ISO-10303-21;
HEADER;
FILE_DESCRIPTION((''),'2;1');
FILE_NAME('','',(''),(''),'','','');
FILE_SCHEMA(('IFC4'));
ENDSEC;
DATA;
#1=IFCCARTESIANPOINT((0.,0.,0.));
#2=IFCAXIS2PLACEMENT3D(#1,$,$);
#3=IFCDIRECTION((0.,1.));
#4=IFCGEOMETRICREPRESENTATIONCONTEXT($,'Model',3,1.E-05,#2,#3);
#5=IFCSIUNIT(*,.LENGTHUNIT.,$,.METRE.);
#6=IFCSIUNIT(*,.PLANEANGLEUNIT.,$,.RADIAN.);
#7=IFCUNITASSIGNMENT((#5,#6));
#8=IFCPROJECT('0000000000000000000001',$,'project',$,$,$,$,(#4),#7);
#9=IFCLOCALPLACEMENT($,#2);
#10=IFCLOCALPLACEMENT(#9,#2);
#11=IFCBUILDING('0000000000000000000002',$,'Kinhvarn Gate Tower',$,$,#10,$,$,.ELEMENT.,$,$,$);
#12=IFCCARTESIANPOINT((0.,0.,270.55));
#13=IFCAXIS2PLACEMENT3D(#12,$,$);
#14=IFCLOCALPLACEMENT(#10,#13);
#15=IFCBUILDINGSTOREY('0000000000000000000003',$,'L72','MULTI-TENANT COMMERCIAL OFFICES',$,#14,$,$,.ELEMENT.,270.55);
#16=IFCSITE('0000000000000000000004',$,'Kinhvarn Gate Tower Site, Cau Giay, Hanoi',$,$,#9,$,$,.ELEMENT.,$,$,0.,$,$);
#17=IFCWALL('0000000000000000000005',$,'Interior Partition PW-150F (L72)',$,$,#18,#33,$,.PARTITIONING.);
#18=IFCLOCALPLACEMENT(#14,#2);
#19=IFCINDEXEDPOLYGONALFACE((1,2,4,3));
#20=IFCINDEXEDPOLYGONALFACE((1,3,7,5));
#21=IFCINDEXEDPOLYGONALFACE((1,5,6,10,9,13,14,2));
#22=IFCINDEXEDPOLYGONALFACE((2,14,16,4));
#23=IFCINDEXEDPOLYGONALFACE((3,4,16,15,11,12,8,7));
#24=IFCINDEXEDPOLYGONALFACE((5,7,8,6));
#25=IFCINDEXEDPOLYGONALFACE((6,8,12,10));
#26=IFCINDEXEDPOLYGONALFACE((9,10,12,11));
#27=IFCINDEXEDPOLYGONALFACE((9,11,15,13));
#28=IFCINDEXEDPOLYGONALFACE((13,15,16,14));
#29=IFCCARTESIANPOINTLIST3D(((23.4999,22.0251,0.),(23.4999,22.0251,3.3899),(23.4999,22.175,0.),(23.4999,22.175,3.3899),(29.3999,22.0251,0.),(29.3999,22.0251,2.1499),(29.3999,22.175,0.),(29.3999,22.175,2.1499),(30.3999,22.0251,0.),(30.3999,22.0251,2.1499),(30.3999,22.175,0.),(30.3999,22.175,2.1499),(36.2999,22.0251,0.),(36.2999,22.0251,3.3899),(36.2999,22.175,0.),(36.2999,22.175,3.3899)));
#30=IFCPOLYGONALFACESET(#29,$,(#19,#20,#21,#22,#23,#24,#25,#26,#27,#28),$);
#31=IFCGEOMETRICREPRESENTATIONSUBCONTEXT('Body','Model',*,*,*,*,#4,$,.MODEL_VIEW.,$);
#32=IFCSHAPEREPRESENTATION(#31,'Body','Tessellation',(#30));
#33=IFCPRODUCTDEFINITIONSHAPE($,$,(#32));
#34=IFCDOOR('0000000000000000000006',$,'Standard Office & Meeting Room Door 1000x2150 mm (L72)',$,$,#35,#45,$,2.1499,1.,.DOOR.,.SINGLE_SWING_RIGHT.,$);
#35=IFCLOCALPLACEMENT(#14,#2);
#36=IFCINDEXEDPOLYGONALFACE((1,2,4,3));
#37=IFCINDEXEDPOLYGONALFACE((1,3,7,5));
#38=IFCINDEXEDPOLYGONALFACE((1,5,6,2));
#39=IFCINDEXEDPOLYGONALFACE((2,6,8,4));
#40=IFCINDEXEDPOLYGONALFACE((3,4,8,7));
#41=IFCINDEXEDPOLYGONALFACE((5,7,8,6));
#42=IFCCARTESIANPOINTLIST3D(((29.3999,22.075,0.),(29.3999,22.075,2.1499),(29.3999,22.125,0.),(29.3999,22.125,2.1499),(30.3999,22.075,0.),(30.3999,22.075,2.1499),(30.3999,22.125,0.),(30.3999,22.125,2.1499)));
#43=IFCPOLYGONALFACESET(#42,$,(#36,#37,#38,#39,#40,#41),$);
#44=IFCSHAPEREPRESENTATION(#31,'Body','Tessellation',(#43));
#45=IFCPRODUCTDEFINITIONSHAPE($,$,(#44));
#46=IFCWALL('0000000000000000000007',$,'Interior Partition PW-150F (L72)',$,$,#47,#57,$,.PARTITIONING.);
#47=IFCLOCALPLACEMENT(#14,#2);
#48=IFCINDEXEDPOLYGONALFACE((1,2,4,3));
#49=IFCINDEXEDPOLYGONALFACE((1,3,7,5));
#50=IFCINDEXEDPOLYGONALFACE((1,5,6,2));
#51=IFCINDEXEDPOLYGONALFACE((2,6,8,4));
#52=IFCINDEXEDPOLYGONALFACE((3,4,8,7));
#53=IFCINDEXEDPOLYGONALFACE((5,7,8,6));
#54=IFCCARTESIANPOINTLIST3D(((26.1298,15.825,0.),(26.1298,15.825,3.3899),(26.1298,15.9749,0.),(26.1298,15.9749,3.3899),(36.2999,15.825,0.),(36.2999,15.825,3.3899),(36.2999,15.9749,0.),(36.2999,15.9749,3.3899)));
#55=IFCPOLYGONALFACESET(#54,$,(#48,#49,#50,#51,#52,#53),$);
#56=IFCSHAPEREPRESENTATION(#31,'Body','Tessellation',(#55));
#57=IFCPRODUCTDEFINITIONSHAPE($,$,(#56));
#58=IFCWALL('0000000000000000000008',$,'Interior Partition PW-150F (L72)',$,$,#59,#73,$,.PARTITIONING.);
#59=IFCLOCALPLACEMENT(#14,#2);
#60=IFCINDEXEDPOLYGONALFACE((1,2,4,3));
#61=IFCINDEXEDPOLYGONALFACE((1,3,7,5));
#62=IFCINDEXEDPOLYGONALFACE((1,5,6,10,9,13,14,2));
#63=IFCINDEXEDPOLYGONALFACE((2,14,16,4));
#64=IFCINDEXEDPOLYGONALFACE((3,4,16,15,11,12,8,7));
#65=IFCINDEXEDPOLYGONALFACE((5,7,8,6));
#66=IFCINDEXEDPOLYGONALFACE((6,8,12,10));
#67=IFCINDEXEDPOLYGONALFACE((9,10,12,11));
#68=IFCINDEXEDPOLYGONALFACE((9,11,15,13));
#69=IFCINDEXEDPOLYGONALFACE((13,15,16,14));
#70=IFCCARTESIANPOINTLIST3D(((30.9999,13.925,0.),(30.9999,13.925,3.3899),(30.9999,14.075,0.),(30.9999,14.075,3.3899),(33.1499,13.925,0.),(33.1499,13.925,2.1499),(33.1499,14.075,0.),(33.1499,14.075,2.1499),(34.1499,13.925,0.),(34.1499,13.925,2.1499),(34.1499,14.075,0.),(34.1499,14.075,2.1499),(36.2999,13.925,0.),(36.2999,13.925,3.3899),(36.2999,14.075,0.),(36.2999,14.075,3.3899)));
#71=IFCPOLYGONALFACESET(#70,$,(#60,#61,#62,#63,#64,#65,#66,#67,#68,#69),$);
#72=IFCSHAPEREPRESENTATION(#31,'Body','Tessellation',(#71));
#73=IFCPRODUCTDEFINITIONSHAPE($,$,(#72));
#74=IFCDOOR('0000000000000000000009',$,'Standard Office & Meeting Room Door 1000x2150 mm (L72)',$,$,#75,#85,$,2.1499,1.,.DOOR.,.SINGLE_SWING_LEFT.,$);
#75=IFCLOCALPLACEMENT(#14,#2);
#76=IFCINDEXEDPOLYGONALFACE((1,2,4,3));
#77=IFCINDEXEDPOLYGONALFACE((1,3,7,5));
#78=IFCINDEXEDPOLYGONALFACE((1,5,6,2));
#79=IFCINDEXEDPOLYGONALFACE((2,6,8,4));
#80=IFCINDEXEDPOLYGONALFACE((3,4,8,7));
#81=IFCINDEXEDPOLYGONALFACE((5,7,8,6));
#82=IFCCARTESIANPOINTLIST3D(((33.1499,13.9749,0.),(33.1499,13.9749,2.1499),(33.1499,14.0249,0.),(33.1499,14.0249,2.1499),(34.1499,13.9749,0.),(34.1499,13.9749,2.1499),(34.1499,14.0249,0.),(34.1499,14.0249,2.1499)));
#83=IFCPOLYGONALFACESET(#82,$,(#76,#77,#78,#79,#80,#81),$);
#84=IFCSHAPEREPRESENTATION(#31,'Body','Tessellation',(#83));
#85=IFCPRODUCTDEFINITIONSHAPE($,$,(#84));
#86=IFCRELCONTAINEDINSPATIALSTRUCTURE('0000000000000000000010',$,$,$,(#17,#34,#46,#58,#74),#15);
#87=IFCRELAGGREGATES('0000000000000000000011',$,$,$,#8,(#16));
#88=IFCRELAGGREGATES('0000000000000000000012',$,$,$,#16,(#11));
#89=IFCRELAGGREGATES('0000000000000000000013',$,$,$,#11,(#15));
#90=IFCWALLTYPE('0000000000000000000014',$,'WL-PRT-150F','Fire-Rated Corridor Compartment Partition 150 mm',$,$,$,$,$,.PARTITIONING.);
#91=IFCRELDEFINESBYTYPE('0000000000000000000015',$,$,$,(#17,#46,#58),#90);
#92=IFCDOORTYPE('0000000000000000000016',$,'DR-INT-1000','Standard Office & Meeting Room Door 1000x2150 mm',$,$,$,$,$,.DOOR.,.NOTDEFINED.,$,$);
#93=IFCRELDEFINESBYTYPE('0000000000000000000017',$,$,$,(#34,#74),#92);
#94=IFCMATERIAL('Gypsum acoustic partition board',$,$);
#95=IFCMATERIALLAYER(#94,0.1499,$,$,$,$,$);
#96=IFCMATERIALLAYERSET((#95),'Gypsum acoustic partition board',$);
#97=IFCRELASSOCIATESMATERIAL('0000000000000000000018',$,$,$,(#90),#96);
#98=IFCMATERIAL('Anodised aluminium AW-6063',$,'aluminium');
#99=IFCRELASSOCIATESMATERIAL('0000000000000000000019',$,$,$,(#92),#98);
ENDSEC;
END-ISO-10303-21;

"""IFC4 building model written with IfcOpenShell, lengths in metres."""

from ifc_helpers import new_model, si_unit, direction, frame, frame_2d, origin, place, context, subcontext, project, spatial, rectangle, extrude, material, layer, layer_set, type_object, element, fill, save


model = new_model("IFC4")

# Units and contexts
model_context = context("Model", 3, precision=1e-05, world=origin(), true_north=direction((0.0, 1.0)))
body_context = subcontext(model_context, "Body", "Model", "MODEL_VIEW")
ifc_project = project(units=[si_unit("LENGTHUNIT", "METRE"), si_unit("PLANEANGLEUNIT", "RADIAN")], contexts=[model_context])

# Site, building, storey
site_placement = place(None, origin())
site = spatial("IfcSite", under=ifc_project, at=site_placement, Name="Kinhvarn Gate Tower Site, Cau Giay, Hanoi", CompositionType="ELEMENT", RefElevation=0.0)
building_placement = place(site_placement, origin())
building = spatial("IfcBuilding", under=site, at=building_placement, Name="Kinhvarn Gate Tower", CompositionType="ELEMENT")
storey_placement = place(building_placement, frame((0.0, 0.0, 270.55)))
storey = spatial("IfcBuildingStorey", under=building, at=storey_placement, Name="L72", Description="MULTI-TENANT COMMERCIAL OFFICES", CompositionType="ELEMENT", Elevation=270.55)

# Shared definitions
ifc_material_1 = material(Name="Gypsum acoustic partition board")
ifc_layer_1 = layer(ifc_material_1, 0.1499)
ifc_layer_set_1 = layer_set([ifc_layer_1], Name="Gypsum acoustic partition board")
wall_type_1 = type_object("IfcWallType", Name="WL-PRT-150F", Description="Fire-Rated Corridor Compartment Partition 150 mm", PredefinedType="PARTITIONING", material=ifc_layer_set_1)

# Wall, opening, door
wall_1_placement = place(storey_placement, frame((23.5, 22.1001, 0.0), z_axis=(0.0, 0.0, 1.0), x_axis=(1.0, 0.0, 0.0)))
wall_1 = element("IfcWall", 1, at=wall_1_placement, inside=storey, type_object=wall_type_1, Name="Interior Partition PW-150F (L72)", PredefinedType="PARTITIONING", context=body_context, shape_type="SweptSolid", body=[
    extrude(rectangle(XDim=12.8, YDim=0.1499, at=frame_2d((6.3999, 0.0))), origin(), (0.0, 0.0, 1.0), 3.3899),
])
opening_1_placement = place(wall_1_placement, frame((5.8999, 0.0, 0.0)))
opening_1 = element("IfcOpeningElement", 2, at=opening_1_placement, cuts=wall_1, PredefinedType="OPENING", context=body_context, shape_type="SweptSolid", body=[
    extrude(rectangle(XDim=1.0, YDim=2.1499, at=frame_2d((0.5, 1.075))), frame((0.0, 0.085, 0.0), z_axis=(0.0, -1.0, 0.0), x_axis=(1.0, 0.0, 0.0)), (0.0, 0.0, 1.0), 0.1699),
])
ifc_material_2 = material(Name="Anodised aluminium AW-6063", Category="aluminium")
door_type = type_object("IfcDoorType", Name="DR-INT-1000", Description="Standard Office & Meeting Room Door 1000x2150 mm", OperationType="NOTDEFINED", PredefinedType="DOOR", material=ifc_material_2)
door_1_placement = place(opening_1_placement, origin())
door_1 = element("IfcDoor", 3, at=door_1_placement, inside=storey, type_object=door_type, Name="Standard Office & Meeting Room Door 1000x2150 mm (L72)", OperationType="SINGLE_SWING_RIGHT", OverallHeight=2.1499, OverallWidth=1.0, PredefinedType="DOOR", context=body_context, shape_type="SweptSolid", body=[
    extrude(rectangle(XDim=1.0, YDim=2.1499, at=frame_2d((0.5, 1.075))), frame((0.0, 0.0249, 0.0), z_axis=(0.0, -1.0, 0.0), x_axis=(1.0, 0.0, 0.0)), (0.0, 0.0, 1.0), 0.05),
])
fill(opening_1, door_1)

# Wall
wall_2_placement = place(storey_placement, frame((26.1299, 15.8999, 0.0), z_axis=(0.0, 0.0, 1.0), x_axis=(1.0, 0.0, 0.0)))
element("IfcWall", 4, at=wall_2_placement, inside=storey, type_object=wall_type_1, Name="Interior Partition PW-150F (L72)", PredefinedType="PARTITIONING", context=body_context, shape_type="SweptSolid", body=[
    extrude(rectangle(XDim=10.1702, YDim=0.1499, at=frame_2d((5.085, 0.0))), origin(), (0.0, 0.0, 1.0), 3.3899),
])

# Wall, opening, door
wall_3_placement = place(storey_placement, frame((31.0, 14.0, 0.0), z_axis=(0.0, 0.0, 1.0), x_axis=(1.0, 0.0, 0.0)))
wall_3 = element("IfcWall", 5, at=wall_3_placement, inside=storey, type_object=wall_type_1, Name="Interior Partition PW-150F (L72)", PredefinedType="PARTITIONING", context=body_context, shape_type="SweptSolid", body=[
    extrude(rectangle(XDim=5.3, YDim=0.1499, at=frame_2d((2.6499, 0.0))), origin(), (0.0, 0.0, 1.0), 3.3899),
])
opening_2_placement = place(wall_3_placement, frame((2.1499, 0.0, 0.0)))
opening_2 = element("IfcOpeningElement", 6, at=opening_2_placement, cuts=wall_3, PredefinedType="OPENING", context=body_context, shape_type="SweptSolid", body=[
    extrude(rectangle(XDim=1.0, YDim=2.1499, at=frame_2d((0.5, 1.075))), frame((0.0, 0.085, 0.0), z_axis=(0.0, -1.0, 0.0), x_axis=(1.0, 0.0, 0.0)), (0.0, 0.0, 1.0), 0.1699),
])
door_2_placement = place(opening_2_placement, origin())
door_2 = element("IfcDoor", 7, at=door_2_placement, inside=storey, type_object=door_type, Name="Standard Office & Meeting Room Door 1000x2150 mm (L72)", OperationType="SINGLE_SWING_LEFT", OverallHeight=2.1499, OverallWidth=1.0, PredefinedType="DOOR", context=body_context, shape_type="SweptSolid", body=[
    extrude(rectangle(XDim=1.0, YDim=2.1499, at=frame_2d((0.5, 1.075))), frame((0.0, 0.0249, 0.0), z_axis=(0.0, -1.0, 0.0), x_axis=(1.0, 0.0, 0.0)), (0.0, 0.0, 1.0), 0.05),
])
fill(opening_2, door_2)

save(model, "model.ifc")
